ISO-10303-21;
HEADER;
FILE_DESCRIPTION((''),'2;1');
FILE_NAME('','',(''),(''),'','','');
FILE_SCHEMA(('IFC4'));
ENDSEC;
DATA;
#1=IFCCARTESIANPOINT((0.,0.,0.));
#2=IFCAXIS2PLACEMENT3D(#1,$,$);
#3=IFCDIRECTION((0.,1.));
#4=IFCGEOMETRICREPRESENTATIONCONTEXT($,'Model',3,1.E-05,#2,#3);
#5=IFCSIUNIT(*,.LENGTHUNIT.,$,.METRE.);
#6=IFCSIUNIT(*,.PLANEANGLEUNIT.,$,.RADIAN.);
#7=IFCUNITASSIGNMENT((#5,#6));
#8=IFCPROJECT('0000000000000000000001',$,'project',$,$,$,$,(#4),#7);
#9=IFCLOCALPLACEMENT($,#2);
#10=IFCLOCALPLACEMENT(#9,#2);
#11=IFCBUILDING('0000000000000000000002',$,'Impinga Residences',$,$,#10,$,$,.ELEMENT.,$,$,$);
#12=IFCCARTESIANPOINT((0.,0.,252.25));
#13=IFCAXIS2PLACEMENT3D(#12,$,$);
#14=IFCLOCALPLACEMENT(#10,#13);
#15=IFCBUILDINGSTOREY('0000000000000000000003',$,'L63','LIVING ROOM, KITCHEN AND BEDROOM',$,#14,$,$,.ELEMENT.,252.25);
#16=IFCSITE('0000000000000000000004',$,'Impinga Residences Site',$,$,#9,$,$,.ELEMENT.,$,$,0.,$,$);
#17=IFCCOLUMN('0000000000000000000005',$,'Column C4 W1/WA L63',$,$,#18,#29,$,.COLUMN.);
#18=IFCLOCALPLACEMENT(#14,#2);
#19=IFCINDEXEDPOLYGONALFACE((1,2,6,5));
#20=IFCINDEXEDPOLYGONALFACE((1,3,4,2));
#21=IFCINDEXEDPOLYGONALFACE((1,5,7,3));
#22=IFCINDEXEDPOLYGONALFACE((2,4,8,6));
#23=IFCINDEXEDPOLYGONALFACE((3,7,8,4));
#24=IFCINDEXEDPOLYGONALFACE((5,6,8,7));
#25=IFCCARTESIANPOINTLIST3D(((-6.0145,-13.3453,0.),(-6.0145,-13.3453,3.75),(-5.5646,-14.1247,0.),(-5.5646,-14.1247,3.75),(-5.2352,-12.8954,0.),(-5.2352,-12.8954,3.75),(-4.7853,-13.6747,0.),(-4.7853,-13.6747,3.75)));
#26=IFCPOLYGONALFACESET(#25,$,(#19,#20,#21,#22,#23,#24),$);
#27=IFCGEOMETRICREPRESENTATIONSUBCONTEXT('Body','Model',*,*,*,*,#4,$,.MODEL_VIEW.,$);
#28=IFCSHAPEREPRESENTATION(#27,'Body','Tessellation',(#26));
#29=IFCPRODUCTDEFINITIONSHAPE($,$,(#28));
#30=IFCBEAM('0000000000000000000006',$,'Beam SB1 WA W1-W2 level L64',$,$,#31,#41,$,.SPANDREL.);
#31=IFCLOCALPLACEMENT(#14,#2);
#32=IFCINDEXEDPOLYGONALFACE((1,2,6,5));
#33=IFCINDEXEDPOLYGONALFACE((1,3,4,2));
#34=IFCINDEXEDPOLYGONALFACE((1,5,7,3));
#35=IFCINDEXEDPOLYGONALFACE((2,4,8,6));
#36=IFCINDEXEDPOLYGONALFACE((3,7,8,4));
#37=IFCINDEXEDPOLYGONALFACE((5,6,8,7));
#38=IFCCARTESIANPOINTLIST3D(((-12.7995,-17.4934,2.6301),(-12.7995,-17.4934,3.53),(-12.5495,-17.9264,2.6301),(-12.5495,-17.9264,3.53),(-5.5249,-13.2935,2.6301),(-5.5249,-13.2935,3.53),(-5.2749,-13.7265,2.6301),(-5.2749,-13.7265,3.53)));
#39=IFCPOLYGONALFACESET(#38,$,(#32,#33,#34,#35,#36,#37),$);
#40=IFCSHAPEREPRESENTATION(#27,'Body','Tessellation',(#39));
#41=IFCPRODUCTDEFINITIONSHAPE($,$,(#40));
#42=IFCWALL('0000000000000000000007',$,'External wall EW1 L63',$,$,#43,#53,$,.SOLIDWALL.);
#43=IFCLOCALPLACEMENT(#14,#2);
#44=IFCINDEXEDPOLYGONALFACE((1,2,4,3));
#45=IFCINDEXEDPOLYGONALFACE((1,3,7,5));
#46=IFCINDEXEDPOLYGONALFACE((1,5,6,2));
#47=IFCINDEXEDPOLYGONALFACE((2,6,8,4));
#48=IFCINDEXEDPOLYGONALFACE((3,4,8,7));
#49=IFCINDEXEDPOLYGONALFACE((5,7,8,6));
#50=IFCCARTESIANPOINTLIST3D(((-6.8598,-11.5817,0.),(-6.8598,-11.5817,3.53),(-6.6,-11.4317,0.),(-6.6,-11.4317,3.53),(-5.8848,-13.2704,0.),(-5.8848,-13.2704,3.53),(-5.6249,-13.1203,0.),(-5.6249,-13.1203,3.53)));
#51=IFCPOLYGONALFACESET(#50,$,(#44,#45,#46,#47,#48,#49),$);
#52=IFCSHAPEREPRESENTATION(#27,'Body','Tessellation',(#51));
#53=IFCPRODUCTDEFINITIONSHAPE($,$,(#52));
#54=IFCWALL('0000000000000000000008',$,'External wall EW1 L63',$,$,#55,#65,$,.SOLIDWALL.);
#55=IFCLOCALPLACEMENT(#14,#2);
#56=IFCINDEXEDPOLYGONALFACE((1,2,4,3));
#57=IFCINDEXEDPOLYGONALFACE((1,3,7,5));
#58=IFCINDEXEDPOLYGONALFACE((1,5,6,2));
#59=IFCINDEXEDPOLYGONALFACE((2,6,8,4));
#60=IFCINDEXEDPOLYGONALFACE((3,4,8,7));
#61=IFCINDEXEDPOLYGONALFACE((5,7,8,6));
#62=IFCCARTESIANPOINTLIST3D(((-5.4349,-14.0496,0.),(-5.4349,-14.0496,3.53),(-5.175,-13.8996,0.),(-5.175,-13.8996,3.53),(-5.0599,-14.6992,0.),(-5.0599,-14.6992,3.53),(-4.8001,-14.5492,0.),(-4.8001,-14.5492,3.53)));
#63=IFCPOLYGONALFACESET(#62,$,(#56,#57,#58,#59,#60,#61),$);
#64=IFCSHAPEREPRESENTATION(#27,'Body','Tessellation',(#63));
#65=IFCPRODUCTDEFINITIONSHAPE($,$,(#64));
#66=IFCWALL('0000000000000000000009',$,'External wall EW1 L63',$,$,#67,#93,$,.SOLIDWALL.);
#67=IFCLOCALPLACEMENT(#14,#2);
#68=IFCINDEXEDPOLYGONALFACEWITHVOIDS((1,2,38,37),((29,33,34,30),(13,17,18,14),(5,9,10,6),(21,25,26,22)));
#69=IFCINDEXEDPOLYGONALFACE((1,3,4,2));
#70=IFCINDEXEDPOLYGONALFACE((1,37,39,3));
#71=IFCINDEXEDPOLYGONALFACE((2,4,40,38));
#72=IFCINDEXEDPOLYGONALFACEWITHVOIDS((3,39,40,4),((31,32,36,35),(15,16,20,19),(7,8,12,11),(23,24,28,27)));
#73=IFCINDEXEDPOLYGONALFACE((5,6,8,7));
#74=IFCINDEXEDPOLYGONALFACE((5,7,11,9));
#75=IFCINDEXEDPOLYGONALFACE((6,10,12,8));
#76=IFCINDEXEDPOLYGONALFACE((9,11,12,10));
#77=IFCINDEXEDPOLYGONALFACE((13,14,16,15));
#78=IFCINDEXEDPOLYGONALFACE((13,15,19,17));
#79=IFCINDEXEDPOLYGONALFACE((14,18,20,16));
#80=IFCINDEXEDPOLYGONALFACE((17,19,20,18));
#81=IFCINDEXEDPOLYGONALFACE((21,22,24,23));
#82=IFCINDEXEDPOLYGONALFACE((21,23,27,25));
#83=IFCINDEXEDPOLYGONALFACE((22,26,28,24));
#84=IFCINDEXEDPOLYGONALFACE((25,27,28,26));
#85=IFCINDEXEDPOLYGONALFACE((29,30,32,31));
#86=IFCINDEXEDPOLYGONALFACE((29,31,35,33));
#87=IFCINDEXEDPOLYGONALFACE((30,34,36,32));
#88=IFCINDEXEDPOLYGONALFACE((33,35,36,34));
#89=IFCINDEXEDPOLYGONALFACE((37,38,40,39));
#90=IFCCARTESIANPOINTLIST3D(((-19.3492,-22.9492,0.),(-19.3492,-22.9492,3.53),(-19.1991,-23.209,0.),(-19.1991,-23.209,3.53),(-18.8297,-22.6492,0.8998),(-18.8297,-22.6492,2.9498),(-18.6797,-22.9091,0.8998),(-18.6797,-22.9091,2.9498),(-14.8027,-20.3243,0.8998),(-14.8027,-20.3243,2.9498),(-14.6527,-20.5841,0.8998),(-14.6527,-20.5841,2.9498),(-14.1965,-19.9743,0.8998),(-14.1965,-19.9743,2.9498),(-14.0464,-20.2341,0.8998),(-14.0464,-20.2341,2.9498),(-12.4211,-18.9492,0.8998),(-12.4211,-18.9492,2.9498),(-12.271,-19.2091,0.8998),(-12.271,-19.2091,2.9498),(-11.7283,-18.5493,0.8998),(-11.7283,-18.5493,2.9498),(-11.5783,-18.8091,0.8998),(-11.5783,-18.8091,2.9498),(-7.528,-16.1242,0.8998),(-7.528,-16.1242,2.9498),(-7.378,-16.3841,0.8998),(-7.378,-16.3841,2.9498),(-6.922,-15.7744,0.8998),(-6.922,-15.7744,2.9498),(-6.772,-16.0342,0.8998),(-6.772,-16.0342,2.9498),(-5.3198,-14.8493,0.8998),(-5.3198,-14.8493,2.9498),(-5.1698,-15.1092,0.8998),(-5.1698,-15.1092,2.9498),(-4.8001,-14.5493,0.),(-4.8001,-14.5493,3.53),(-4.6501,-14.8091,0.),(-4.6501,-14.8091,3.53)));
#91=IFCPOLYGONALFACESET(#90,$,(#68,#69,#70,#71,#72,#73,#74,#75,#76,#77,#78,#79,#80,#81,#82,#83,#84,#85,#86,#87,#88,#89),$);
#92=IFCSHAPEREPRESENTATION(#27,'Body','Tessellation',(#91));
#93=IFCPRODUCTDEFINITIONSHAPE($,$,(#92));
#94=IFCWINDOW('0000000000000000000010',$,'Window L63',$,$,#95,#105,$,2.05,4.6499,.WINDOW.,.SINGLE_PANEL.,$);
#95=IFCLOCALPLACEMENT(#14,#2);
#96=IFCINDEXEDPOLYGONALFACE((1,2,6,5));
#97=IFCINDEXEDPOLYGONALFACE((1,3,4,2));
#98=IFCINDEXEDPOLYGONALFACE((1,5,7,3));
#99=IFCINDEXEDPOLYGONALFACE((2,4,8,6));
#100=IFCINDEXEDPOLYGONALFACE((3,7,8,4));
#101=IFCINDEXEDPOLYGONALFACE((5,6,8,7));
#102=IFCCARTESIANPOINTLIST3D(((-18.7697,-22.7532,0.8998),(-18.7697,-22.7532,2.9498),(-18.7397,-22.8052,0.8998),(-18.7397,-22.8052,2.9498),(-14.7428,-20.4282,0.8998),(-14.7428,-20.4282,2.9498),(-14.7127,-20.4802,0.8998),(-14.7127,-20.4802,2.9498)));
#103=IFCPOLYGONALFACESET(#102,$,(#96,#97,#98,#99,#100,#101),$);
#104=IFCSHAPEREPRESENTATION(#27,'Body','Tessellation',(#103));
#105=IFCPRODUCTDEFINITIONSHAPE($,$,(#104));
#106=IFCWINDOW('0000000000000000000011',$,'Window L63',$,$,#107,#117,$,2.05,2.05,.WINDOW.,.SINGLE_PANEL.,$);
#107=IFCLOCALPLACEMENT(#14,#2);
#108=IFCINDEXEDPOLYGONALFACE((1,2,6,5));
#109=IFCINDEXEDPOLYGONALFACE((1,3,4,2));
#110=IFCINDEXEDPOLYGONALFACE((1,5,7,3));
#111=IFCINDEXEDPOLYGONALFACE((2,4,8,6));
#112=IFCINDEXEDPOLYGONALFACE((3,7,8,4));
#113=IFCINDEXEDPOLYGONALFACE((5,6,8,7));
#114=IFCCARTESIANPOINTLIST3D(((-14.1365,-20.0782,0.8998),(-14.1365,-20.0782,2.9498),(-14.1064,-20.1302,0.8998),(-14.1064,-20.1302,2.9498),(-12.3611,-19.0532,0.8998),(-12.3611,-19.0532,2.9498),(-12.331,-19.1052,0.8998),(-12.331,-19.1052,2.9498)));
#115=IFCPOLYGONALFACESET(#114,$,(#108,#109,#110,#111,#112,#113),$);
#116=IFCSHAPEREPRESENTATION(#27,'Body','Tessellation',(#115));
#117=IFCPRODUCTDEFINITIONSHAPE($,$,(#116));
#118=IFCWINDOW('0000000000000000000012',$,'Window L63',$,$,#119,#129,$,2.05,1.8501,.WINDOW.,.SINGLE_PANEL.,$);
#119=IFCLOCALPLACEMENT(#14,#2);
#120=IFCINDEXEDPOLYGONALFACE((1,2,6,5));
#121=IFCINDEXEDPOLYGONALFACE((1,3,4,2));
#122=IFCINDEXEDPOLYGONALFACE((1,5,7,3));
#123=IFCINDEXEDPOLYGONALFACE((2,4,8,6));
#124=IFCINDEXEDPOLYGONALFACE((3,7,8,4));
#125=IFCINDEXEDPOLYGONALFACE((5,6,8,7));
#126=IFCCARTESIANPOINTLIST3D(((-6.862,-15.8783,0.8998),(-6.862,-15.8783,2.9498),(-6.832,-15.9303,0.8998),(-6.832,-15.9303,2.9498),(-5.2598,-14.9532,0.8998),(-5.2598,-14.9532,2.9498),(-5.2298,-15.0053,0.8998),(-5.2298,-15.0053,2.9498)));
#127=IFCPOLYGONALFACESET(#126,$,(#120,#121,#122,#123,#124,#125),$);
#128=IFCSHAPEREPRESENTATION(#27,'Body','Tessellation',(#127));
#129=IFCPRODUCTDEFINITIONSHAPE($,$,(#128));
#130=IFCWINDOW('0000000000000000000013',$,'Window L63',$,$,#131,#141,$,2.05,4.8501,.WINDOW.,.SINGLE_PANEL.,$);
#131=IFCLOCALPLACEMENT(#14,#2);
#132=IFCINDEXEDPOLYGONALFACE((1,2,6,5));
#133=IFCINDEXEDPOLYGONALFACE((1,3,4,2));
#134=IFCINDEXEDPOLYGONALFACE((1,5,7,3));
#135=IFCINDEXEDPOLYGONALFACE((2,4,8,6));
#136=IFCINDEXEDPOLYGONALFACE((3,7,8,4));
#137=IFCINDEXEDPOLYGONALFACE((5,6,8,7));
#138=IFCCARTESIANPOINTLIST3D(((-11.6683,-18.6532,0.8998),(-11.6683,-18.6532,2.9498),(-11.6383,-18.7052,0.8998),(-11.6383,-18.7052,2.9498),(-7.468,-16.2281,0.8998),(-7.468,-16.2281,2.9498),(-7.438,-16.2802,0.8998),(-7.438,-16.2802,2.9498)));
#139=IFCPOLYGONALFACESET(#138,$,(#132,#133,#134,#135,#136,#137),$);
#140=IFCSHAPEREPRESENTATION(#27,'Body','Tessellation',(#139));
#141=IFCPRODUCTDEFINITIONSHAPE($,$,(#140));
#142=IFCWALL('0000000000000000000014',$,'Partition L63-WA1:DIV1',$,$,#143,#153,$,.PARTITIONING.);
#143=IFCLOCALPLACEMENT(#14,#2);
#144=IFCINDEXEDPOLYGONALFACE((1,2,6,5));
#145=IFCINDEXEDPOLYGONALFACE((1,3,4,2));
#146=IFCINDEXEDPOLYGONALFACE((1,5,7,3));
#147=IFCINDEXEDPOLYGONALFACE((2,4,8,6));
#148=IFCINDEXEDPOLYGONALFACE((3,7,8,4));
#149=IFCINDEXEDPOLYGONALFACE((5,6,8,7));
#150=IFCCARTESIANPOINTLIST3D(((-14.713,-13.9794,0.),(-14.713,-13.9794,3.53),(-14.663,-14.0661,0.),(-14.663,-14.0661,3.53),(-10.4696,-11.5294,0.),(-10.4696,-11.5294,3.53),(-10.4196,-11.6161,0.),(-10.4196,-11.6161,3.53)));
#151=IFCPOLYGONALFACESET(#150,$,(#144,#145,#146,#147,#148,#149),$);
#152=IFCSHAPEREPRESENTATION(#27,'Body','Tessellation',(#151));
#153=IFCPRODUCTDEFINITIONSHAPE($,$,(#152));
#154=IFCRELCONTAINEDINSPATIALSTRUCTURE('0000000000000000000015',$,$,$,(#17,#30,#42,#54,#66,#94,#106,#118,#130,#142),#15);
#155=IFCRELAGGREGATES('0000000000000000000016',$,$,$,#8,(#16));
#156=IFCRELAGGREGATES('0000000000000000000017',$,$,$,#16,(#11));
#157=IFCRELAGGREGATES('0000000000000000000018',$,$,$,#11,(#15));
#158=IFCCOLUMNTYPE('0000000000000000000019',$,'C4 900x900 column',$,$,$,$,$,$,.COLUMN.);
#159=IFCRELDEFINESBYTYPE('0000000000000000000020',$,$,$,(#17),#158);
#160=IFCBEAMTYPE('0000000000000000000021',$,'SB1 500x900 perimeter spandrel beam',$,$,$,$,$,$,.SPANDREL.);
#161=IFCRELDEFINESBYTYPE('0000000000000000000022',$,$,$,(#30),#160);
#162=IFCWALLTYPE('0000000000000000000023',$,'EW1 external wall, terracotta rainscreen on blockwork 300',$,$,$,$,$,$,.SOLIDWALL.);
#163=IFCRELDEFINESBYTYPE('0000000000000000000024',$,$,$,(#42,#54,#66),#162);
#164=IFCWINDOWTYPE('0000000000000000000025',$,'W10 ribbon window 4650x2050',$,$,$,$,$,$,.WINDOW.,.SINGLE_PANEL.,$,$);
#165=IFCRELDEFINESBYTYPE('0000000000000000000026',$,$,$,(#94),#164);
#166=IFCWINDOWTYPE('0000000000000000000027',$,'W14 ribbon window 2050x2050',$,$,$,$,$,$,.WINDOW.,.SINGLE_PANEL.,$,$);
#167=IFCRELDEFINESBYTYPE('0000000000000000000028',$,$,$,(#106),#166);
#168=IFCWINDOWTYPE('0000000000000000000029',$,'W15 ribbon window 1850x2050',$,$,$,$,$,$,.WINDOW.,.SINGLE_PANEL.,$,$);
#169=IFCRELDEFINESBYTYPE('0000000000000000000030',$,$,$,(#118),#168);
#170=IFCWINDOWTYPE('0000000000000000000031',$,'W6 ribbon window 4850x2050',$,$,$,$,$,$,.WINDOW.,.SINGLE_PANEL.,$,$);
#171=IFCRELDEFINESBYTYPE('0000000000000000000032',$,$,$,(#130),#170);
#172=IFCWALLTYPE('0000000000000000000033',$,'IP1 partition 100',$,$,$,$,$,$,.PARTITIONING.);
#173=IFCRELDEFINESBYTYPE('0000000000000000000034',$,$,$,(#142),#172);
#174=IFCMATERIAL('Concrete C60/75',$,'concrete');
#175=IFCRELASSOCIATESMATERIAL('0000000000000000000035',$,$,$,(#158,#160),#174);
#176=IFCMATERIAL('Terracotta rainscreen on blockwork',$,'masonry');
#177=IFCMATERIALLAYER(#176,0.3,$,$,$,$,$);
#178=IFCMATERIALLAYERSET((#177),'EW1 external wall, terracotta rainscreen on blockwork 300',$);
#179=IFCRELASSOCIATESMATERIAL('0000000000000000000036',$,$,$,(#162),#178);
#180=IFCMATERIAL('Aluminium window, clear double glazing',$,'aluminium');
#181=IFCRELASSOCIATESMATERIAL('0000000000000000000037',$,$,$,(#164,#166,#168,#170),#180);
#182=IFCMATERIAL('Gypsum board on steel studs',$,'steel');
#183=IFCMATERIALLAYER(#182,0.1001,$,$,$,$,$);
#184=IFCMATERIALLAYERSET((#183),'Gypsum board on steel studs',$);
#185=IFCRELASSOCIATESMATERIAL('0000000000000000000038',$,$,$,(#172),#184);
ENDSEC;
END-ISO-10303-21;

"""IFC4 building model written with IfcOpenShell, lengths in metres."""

from ifc_helpers import new_model, si_unit, direction, frame, frame_2d, origin, origin_2d, place, context, subcontext, project, spatial, rectangle, extrude, material, layer, layer_set, material_profile, profile_set, type_object, element, fill, save


model = new_model("IFC4")

# Units and contexts
model_context = context("Model", 3, precision=1e-05, world=origin(), true_north=direction((0.0, 1.0)))
body_context = subcontext(model_context, "Body", "Model", "MODEL_VIEW")
ifc_project = project(units=[si_unit("LENGTHUNIT", "METRE"), si_unit("PLANEANGLEUNIT", "RADIAN")], contexts=[model_context])

# Site, building, storey
site_placement = place(None, origin())
site = spatial("IfcSite", under=ifc_project, at=site_placement, Name="Impinga Residences Site", CompositionType="ELEMENT", RefElevation=0.0)
building_placement = place(site_placement, origin())
building = spatial("IfcBuilding", under=site, at=building_placement, Name="Impinga Residences", CompositionType="ELEMENT")
storey_placement = place(building_placement, frame((0.0, 0.0, 252.25)))
storey = spatial("IfcBuildingStorey", under=building, at=storey_placement, Name="L63", Description="LIVING ROOM, KITCHEN AND BEDROOM", CompositionType="ELEMENT", Elevation=252.25)

# Column
ifc_material_1 = material(Name="Concrete C60/75", Category="concrete")
ifc_material_profile_1 = material_profile(ifc_material_1, rectangle(XDim=0.8999, YDim=0.8999, at=origin_2d()), Name="RC 900x900")
ifc_profile_set_1 = profile_set([ifc_material_profile_1], Name="Concrete C60/75")
column_type = type_object("IfcColumnType", Name="C4 900x900 column", PredefinedType="COLUMN", material=ifc_profile_set_1)
column_placement = place(storey_placement, frame((-5.3999, -13.51, 0.0), z_axis=(0.0, 0.0, 1.0), x_axis=(-0.5, 0.866025, 0.0)))
element("IfcColumn", 1, at=column_placement, inside=storey, type_object=column_type, Name="Column C4 W1/WA L63", PredefinedType="COLUMN", context=body_context, shape_type="SweptSolid", body=[
    extrude(rectangle(XDim=0.8999, YDim=0.8999, at=origin_2d()), origin(), (0.0, 0.0, 1.0), 3.75),
])

# Beam
ifc_material_profile_2 = material_profile(ifc_material_1, rectangle(XDim=0.5, YDim=0.8999, at=origin_2d()), Name="RC 500x900")
ifc_profile_set_2 = profile_set([ifc_material_profile_2], Name="Concrete C60/75")
beam_type = type_object("IfcBeamType", Name="SB1 500x900 perimeter spandrel beam", PredefinedType="SPANDREL", material=ifc_profile_set_2)
beam_placement = place(storey_placement, frame((-5.3999, -13.51, 3.0801), z_axis=(-0.866029, -0.499993, 0.0), x_axis=(0.499993, -0.866029, 0.0)))
element("IfcBeam", 2, at=beam_placement, inside=storey, type_object=beam_type, Name="Beam SB1 WA W1-W2 level L64", PredefinedType="SPANDREL", context=body_context, shape_type="SweptSolid", body=[
    extrude(rectangle(XDim=0.5, YDim=0.8999, at=origin_2d()), origin(), (0.0, 0.0, 1.0), 8.3999),
])

# Walls
ifc_material_2 = material(Name="Terracotta rainscreen on blockwork", Category="masonry")
ifc_layer_1 = layer(ifc_material_2, 0.3)
ifc_layer_set_1 = layer_set([ifc_layer_1], Name="EW1 external wall, terracotta rainscreen on blockwork 300")
wall_type_1 = type_object("IfcWallType", Name="EW1 external wall, terracotta rainscreen on blockwork 300", PredefinedType="SOLIDWALL", material=ifc_layer_set_1)
wall_1_placement = place(storey_placement, frame((-6.73, -11.5066, 0.0), z_axis=(0.0, 0.0, 1.0), x_axis=(0.500044, -0.866, 0.0)))
element("IfcWall", 3, at=wall_1_placement, inside=storey, type_object=wall_type_1, Name="External wall EW1 L63", PredefinedType="SOLIDWALL", context=body_context, shape_type="SweptSolid", body=[
    extrude(rectangle(XDim=1.95, YDim=0.3, at=frame_2d((0.9751, 0.0))), origin(), (0.0, 0.0, 1.0), 3.53),
])
wall_2_placement = place(storey_placement, frame((-5.3049, -13.9746, 0.0), z_axis=(0.0, 0.0, 1.0), x_axis=(0.49992, -0.866072, 0.0)))
element("IfcWall", 4, at=wall_2_placement, inside=storey, type_object=wall_type_1, Name="External wall EW1 L63", PredefinedType="SOLIDWALL", context=body_context, shape_type="SweptSolid", body=[
    extrude(rectangle(XDim=0.75, YDim=0.3, at=frame_2d((0.375, 0.0))), origin(), (0.0, 0.0, 1.0), 3.53),
])

# Wall, openings, windows
wall_3_placement = place(storey_placement, frame((-4.7251, -14.6792, 0.0), z_axis=(0.0, 0.0, 1.0), x_axis=(-0.866026, -0.5, 0.0)))
wall_3 = element("IfcWall", 5, at=wall_3_placement, inside=storey, type_object=wall_type_1, Name="External wall EW1 L63", PredefinedType="SOLIDWALL", context=body_context, shape_type="SweptSolid", body=[
    extrude(rectangle(XDim=16.7998, YDim=0.3, at=frame_2d((8.3999, 0.0))), origin(), (0.0, 0.0, 1.0), 3.53),
])
opening_1_placement = place(wall_3_placement, frame((0.6001, 0.0, 0.8999)))
opening_1 = element("IfcOpeningElement", 6, at=opening_1_placement, cuts=wall_3, PredefinedType="OPENING", context=body_context, shape_type="SweptSolid", body=[
    extrude(rectangle(XDim=1.8501, YDim=2.05, at=frame_2d((0.925, 1.0249))), frame((0.0, 0.1599, 0.0), z_axis=(0.0, -1.0, 0.0), x_axis=(1.0, 0.0, 0.0)), (0.0, 0.0, 1.0), 0.3201),
])
opening_2_placement = place(wall_3_placement, frame((3.1499, 0.0, 0.8999)))
opening_2 = element("IfcOpeningElement", 7, at=opening_2_placement, cuts=wall_3, PredefinedType="OPENING", context=body_context, shape_type="SweptSolid", body=[
    extrude(rectangle(XDim=4.8501, YDim=2.05, at=frame_2d((2.425, 1.0249))), frame((0.0, 0.1599, 0.0), z_axis=(0.0, -1.0, 0.0), x_axis=(1.0, 0.0, 0.0)), (0.0, 0.0, 1.0), 0.3201),
])
opening_3_placement = place(wall_3_placement, frame((8.8, 0.0, 0.8999)))
opening_3 = element("IfcOpeningElement", 8, at=opening_3_placement, cuts=wall_3, PredefinedType="OPENING", context=body_context, shape_type="SweptSolid", body=[
    extrude(rectangle(XDim=2.05, YDim=2.05, at=frame_2d((1.0249, 1.0249))), frame((0.0, 0.1599, 0.0), z_axis=(0.0, -1.0, 0.0), x_axis=(1.0, 0.0, 0.0)), (0.0, 0.0, 1.0), 0.3201),
])
opening_4_placement = place(wall_3_placement, frame((11.55, 0.0, 0.8999)))
opening_4 = element("IfcOpeningElement", 9, at=opening_4_placement, cuts=wall_3, PredefinedType="OPENING", context=body_context, shape_type="SweptSolid", body=[
    extrude(rectangle(XDim=4.6499, YDim=2.05, at=frame_2d((2.325, 1.0249))), frame((0.0, 0.1599, 0.0), z_axis=(0.0, -1.0, 0.0), x_axis=(1.0, 0.0, 0.0)), (0.0, 0.0, 1.0), 0.3201),
])
ifc_material_3 = material(Name="Aluminium window, clear double glazing", Category="aluminium")
window_type_1 = type_object("IfcWindowType", Name="W10 ribbon window 4650x2050", PartitioningType="SINGLE_PANEL", PredefinedType="WINDOW", material=ifc_material_3)
window_1_placement = place(opening_4_placement, origin())
window_1 = element("IfcWindow", 10, at=window_1_placement, inside=storey, type_object=window_type_1, Name="Window L63", OverallHeight=2.05, OverallWidth=4.6499, PartitioningType="SINGLE_PANEL", PredefinedType="WINDOW", context=body_context, shape_type="SweptSolid", body=[
    extrude(rectangle(XDim=4.6499, YDim=2.05, at=frame_2d((2.325, 1.0249))), frame((0.0, 0.03, 0.0), z_axis=(0.0, -1.0, 0.0), x_axis=(1.0, 0.0, 0.0)), (0.0, 0.0, 1.0), 0.0601),
])
fill(opening_4, window_1)
window_type_2 = type_object("IfcWindowType", Name="W14 ribbon window 2050x2050", PartitioningType="SINGLE_PANEL", PredefinedType="WINDOW", material=ifc_material_3)
window_2_placement = place(opening_3_placement, origin())
window_2 = element("IfcWindow", 11, at=window_2_placement, inside=storey, type_object=window_type_2, Name="Window L63", OverallHeight=2.05, OverallWidth=2.05, PartitioningType="SINGLE_PANEL", PredefinedType="WINDOW", context=body_context, shape_type="SweptSolid", body=[
    extrude(rectangle(XDim=2.05, YDim=2.05, at=frame_2d((1.0249, 1.0249))), frame((0.0, 0.03, 0.0), z_axis=(0.0, -1.0, 0.0), x_axis=(1.0, 0.0, 0.0)), (0.0, 0.0, 1.0), 0.0601),
])
fill(opening_3, window_2)
window_type_3 = type_object("IfcWindowType", Name="W15 ribbon window 1850x2050", PartitioningType="SINGLE_PANEL", PredefinedType="WINDOW", material=ifc_material_3)
window_3_placement = place(opening_1_placement, origin())
window_3 = element("IfcWindow", 12, at=window_3_placement, inside=storey, type_object=window_type_3, Name="Window L63", OverallHeight=2.05, OverallWidth=1.8501, PartitioningType="SINGLE_PANEL", PredefinedType="WINDOW", context=body_context, shape_type="SweptSolid", body=[
    extrude(rectangle(XDim=1.8501, YDim=2.05, at=frame_2d((0.925, 1.0249))), frame((0.0, 0.03, 0.0), z_axis=(0.0, -1.0, 0.0), x_axis=(1.0, 0.0, 0.0)), (0.0, 0.0, 1.0), 0.0601),
])
fill(opening_1, window_3)
window_type_4 = type_object("IfcWindowType", Name="W6 ribbon window 4850x2050", PartitioningType="SINGLE_PANEL", PredefinedType="WINDOW", material=ifc_material_3)
window_4_placement = place(opening_2_placement, origin())
window_4 = element("IfcWindow", 13, at=window_4_placement, inside=storey, type_object=window_type_4, Name="Window L63", OverallHeight=2.05, OverallWidth=4.8501, PartitioningType="SINGLE_PANEL", PredefinedType="WINDOW", context=body_context, shape_type="SweptSolid", body=[
    extrude(rectangle(XDim=4.8501, YDim=2.05, at=frame_2d((2.425, 1.0249))), frame((0.0, 0.03, 0.0), z_axis=(0.0, -1.0, 0.0), x_axis=(1.0, 0.0, 0.0)), (0.0, 0.0, 1.0), 0.0601),
])
fill(opening_2, window_4)

# Wall
ifc_material_4 = material(Name="Gypsum board on steel studs", Category="steel")
ifc_layer_2 = layer(ifc_material_4, 0.1001)
ifc_layer_set_2 = layer_set([ifc_layer_2], Name="Gypsum board on steel studs")
wall_type_2 = type_object("IfcWallType", Name="IP1 partition 100", PredefinedType="PARTITIONING", material=ifc_layer_set_2)
wall_4_placement = place(storey_placement, frame((-10.4446, -11.5728, 0.0), z_axis=(0.0, 0.0, 1.0), x_axis=(-0.866024, -0.500003, 0.0)))
element("IfcWall", 14, at=wall_4_placement, inside=storey, type_object=wall_type_2, Name="Partition L63-WA1:DIV1", PredefinedType="PARTITIONING", context=body_context, shape_type="SweptSolid", body=[
    extrude(rectangle(XDim=4.8999, YDim=0.1001, at=frame_2d((2.45, 0.0))), origin(), (0.0, 0.0, 1.0), 3.53),
])

save(model, "model.ifc")
